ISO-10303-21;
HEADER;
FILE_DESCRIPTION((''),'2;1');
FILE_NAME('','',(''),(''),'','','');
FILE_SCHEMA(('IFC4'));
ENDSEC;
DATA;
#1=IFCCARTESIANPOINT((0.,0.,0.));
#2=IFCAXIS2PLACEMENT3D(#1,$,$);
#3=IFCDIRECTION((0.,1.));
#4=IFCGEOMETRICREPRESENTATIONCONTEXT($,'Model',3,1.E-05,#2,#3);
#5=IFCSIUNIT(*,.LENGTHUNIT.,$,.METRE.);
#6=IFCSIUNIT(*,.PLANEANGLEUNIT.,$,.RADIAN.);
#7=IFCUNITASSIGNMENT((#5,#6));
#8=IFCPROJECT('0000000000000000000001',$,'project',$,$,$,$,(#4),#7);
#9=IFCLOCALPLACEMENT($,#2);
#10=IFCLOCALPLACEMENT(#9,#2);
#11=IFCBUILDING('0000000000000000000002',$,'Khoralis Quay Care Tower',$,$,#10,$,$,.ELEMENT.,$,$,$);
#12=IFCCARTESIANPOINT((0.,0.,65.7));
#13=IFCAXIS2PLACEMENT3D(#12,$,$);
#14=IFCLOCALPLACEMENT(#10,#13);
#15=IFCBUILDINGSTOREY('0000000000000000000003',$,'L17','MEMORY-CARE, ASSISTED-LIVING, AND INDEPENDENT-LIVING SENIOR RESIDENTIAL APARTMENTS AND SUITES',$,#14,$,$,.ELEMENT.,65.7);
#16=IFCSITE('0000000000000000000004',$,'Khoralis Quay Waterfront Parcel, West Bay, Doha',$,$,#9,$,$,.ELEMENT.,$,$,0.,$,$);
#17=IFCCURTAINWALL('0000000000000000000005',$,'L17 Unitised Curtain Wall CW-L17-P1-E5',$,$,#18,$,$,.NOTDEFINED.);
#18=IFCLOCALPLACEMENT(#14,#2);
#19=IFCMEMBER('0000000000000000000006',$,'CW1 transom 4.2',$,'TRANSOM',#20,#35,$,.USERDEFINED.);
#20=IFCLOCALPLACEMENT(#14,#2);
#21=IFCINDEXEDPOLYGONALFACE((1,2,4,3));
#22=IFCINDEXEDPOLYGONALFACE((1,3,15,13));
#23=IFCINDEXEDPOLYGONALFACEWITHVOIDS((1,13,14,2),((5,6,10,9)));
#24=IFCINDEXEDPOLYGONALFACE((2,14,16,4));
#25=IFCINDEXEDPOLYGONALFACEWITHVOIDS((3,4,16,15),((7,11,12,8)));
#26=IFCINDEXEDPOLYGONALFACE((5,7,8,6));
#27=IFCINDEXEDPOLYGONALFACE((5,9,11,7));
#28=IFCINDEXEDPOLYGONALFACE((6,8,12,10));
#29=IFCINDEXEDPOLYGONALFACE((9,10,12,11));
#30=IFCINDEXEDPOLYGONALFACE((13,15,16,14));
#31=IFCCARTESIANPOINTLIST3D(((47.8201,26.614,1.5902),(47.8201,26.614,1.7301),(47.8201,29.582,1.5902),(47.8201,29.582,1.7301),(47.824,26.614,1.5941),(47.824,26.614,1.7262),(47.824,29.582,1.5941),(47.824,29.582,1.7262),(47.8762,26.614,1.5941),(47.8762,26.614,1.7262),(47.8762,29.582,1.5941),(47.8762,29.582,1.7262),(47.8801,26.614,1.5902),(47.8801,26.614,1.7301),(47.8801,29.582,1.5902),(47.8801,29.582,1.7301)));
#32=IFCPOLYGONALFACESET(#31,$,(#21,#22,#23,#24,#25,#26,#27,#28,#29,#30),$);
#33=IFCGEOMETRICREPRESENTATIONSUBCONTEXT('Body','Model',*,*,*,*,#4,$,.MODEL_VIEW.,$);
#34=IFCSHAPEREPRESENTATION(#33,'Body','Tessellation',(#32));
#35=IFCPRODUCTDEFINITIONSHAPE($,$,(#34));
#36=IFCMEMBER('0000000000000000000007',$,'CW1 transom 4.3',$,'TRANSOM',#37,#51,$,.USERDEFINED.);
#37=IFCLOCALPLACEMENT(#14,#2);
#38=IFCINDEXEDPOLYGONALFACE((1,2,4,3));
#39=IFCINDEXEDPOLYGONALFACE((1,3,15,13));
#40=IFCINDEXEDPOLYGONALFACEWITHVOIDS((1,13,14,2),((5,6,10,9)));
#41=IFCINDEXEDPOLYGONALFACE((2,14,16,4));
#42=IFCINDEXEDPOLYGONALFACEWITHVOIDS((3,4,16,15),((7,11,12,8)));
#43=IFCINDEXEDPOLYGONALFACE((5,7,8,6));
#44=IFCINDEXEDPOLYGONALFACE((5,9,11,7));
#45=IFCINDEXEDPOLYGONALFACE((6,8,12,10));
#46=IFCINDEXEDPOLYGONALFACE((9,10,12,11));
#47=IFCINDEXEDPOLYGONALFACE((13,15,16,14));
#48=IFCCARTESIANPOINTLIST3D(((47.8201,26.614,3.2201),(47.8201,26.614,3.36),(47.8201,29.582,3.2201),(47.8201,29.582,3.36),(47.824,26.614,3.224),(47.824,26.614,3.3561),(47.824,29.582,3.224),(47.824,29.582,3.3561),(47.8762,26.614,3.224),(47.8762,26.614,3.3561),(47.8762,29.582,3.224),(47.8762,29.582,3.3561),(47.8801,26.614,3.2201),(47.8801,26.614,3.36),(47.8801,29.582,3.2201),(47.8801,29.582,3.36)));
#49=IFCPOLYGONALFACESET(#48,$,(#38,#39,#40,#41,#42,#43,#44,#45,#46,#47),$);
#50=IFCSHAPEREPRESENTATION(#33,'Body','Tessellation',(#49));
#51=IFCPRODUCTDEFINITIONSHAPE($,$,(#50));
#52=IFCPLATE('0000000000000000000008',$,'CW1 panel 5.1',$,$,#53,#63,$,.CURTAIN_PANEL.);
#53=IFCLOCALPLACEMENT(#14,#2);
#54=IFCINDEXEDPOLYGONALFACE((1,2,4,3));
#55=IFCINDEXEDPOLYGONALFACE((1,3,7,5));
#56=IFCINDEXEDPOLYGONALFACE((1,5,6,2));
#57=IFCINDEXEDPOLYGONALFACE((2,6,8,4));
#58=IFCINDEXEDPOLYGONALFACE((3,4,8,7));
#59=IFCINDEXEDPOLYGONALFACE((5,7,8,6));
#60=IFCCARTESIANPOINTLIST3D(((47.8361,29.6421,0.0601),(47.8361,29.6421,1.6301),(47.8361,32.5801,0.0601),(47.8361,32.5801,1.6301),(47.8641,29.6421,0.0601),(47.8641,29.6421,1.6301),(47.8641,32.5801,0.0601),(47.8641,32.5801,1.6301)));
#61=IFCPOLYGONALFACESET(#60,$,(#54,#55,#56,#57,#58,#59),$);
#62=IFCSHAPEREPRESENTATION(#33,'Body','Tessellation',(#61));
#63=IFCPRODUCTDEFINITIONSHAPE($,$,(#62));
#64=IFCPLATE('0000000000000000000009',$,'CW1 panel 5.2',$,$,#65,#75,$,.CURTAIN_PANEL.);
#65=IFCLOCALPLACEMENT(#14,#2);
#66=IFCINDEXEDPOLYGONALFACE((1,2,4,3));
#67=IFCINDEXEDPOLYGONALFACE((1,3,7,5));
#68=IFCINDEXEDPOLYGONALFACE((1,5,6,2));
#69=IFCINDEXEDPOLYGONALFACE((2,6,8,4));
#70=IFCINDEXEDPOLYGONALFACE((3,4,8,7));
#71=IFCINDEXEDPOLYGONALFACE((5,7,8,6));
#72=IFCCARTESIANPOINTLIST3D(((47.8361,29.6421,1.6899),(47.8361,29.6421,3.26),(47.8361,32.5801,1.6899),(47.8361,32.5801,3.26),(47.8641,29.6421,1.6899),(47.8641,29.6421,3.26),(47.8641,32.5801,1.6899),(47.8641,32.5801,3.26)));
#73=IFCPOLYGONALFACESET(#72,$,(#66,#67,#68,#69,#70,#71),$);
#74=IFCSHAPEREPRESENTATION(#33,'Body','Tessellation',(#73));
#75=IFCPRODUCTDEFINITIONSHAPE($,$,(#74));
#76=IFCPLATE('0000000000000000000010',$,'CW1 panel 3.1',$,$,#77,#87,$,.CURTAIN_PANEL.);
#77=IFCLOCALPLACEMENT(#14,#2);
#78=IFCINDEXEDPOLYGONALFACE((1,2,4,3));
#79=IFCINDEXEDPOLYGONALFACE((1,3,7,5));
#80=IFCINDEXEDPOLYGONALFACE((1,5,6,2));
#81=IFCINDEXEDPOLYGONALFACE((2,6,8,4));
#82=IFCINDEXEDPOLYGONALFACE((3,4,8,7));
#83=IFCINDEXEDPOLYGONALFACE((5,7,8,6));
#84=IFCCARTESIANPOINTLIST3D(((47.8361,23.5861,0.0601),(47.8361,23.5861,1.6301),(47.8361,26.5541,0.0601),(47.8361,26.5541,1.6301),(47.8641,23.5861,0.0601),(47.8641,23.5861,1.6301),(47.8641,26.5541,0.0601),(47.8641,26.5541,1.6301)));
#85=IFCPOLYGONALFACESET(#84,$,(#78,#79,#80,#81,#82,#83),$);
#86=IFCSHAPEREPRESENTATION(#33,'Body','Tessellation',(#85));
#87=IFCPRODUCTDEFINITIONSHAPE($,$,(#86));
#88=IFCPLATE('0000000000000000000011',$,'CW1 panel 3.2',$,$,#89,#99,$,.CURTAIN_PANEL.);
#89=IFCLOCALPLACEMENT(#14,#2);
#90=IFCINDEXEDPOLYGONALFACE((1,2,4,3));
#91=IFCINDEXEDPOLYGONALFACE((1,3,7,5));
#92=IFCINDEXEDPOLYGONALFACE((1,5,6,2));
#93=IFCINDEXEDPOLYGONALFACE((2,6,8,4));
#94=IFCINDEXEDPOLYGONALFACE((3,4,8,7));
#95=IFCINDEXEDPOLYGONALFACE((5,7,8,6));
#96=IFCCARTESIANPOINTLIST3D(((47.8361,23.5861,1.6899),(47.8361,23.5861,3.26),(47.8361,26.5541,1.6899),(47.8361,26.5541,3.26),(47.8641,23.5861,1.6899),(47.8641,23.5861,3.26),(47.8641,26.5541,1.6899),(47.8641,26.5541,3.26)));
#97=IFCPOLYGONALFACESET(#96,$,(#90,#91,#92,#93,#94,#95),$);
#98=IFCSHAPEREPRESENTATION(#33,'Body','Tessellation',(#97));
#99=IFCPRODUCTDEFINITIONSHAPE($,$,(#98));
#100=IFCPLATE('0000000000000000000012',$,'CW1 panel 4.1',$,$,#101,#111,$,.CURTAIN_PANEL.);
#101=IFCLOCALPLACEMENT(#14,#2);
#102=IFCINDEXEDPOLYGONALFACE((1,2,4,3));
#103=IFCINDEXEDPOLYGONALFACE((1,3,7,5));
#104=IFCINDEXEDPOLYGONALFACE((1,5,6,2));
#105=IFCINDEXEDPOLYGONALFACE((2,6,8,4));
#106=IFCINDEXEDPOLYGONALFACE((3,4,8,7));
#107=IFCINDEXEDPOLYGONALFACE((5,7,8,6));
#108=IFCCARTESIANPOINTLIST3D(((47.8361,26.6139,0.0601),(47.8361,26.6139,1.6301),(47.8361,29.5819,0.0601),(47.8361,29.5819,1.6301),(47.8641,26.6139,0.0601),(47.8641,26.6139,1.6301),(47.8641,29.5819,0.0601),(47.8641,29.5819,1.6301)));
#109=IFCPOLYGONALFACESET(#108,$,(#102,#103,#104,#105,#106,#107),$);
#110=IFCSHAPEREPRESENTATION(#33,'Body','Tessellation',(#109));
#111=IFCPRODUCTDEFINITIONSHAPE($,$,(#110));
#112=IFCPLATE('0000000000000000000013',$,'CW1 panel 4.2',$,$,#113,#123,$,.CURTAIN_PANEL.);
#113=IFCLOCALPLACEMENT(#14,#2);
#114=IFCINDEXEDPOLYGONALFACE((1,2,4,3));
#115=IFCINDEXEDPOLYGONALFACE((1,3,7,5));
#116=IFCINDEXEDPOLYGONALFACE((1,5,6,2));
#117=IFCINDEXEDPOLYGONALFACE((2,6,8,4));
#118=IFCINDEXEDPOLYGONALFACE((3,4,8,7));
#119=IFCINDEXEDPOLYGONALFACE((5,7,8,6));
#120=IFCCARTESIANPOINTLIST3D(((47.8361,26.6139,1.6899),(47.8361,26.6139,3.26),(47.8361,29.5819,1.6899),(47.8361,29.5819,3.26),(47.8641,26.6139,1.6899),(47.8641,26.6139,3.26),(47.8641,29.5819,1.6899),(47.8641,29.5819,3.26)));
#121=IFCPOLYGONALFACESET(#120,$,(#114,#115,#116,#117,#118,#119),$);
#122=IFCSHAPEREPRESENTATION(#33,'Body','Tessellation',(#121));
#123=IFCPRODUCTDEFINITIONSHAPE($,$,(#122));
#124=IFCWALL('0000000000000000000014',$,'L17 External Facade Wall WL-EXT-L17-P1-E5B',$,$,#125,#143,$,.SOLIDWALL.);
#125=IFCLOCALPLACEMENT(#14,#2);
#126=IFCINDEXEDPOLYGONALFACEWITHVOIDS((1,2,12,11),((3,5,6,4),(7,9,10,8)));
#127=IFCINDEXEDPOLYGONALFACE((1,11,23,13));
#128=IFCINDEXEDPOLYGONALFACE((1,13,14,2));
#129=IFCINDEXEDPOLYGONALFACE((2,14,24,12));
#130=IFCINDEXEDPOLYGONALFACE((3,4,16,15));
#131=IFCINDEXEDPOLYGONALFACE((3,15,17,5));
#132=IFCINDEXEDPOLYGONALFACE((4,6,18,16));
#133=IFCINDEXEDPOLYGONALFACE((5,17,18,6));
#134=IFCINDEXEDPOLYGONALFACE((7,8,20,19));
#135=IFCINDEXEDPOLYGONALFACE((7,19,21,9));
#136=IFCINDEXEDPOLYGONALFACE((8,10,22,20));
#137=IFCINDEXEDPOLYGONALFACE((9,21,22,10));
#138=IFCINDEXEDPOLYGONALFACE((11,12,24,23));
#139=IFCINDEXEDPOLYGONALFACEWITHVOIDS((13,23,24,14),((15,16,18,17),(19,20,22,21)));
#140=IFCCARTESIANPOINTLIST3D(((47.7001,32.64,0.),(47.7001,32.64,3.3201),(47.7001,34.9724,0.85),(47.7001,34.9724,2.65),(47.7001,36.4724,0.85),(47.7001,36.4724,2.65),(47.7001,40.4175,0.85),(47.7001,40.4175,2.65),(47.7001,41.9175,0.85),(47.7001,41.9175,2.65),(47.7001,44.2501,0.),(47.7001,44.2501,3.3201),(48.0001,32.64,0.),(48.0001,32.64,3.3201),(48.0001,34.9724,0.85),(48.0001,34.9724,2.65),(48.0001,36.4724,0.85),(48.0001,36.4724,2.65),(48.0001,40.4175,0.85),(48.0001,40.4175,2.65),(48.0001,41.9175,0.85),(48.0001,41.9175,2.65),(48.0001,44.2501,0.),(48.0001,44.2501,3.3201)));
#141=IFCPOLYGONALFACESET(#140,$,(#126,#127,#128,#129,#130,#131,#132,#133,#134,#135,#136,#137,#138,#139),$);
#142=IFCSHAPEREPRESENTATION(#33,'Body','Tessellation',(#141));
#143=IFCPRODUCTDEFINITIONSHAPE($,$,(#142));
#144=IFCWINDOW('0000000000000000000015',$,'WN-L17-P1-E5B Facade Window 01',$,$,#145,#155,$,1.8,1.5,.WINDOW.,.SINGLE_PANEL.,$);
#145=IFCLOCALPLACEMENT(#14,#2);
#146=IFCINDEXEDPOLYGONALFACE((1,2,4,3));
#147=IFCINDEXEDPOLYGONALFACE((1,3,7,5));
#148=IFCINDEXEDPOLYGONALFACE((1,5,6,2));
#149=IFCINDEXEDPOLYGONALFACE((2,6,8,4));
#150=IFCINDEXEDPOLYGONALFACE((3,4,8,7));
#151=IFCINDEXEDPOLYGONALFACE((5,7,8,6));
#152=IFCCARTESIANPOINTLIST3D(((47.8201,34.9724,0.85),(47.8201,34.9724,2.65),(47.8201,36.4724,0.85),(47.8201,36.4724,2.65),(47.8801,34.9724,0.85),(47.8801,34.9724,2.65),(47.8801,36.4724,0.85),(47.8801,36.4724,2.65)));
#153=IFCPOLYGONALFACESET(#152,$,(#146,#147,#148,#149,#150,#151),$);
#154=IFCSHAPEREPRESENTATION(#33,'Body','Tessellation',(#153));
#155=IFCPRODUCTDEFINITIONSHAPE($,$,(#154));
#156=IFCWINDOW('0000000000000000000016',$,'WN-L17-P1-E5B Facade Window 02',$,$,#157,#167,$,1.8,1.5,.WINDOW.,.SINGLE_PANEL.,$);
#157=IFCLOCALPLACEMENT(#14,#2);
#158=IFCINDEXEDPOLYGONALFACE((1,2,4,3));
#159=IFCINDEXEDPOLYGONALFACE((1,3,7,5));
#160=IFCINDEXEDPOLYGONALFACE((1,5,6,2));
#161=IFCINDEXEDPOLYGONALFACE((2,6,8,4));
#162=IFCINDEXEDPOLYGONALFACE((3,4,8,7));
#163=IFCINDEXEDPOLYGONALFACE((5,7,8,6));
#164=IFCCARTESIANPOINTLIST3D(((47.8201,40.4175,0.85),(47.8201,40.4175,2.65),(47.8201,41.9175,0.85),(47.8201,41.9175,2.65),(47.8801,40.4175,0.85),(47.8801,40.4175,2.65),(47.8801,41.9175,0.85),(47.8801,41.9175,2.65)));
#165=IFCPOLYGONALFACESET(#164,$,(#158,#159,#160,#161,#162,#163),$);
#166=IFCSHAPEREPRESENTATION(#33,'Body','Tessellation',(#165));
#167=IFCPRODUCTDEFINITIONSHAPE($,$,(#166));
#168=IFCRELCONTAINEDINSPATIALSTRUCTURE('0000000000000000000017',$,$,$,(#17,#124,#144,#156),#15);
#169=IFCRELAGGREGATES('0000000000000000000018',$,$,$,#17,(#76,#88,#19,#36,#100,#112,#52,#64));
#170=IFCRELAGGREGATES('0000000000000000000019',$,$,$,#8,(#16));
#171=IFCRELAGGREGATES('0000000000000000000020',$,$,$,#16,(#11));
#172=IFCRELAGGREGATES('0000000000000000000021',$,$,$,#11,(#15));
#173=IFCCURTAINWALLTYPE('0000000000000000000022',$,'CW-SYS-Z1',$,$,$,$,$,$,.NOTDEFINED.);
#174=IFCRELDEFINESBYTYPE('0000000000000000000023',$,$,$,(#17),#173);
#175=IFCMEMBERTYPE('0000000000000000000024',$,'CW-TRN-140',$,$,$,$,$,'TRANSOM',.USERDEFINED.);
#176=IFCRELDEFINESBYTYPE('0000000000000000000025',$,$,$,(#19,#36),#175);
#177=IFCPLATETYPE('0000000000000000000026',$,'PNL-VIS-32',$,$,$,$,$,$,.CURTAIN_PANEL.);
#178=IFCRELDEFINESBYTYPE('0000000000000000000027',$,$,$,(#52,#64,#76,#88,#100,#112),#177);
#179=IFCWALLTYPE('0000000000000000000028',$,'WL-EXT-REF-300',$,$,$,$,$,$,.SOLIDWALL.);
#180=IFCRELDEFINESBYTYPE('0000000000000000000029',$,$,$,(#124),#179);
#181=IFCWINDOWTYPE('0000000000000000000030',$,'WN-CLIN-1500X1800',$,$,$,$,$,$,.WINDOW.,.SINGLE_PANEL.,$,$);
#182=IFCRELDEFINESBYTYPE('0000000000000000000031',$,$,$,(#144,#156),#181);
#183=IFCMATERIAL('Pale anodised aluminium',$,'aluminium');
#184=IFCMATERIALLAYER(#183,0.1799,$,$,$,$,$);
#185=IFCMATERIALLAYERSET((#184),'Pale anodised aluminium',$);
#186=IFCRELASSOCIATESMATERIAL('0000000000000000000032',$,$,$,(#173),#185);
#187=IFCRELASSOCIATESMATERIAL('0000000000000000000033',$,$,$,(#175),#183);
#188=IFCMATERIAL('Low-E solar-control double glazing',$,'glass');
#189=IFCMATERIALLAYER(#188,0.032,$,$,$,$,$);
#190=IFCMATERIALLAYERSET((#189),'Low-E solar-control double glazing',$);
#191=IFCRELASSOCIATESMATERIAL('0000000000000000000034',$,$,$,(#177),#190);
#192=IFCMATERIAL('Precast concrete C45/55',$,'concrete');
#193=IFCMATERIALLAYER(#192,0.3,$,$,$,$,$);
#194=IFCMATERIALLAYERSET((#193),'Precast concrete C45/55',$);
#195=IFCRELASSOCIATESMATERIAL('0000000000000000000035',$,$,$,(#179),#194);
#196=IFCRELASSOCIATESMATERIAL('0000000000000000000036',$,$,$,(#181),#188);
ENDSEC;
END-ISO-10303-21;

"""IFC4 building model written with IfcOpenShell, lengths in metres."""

from ifc_helpers import new_model, si_unit, direction, frame, frame_2d, origin, origin_2d, place, context, subcontext, project, spatial, rectangle, hollow_rectangle, extrude, source, transform, mapped, material, layer, layer_set, material_profile, profile_set, type_object, element, fill, aggregate, save


model = new_model("IFC4")

# Units and contexts
model_context = context("Model", 3, precision=1e-05, world=origin(), true_north=direction((0.0, 1.0)))
body_context = subcontext(model_context, "Body", "Model", "MODEL_VIEW")
ifc_project = project(units=[si_unit("LENGTHUNIT", "METRE"), si_unit("PLANEANGLEUNIT", "RADIAN")], contexts=[model_context])

# Site, building, storey
site_placement = place(None, origin())
site = spatial("IfcSite", under=ifc_project, at=site_placement, Name="Khoralis Quay Waterfront Parcel, West Bay, Doha", CompositionType="ELEMENT", RefElevation=0.0)
building_placement = place(site_placement, origin())
building = spatial("IfcBuilding", under=site, at=building_placement, Name="Khoralis Quay Care Tower", CompositionType="ELEMENT")
storey_placement = place(building_placement, frame((0.0, 0.0, 65.7)))
storey = spatial("IfcBuildingStorey", under=building, at=storey_placement, Name="L17", Description="MEMORY-CARE, ASSISTED-LIVING, AND INDEPENDENT-LIVING SENIOR RESIDENTIAL APARTMENTS AND SUITES", CompositionType="ELEMENT", Elevation=65.7)

# Curtain wall, members, plates
ifc_material_1 = material(Name="Pale anodised aluminium", Category="aluminium")
ifc_layer_1 = layer(ifc_material_1, 0.1799)
ifc_layer_set_1 = layer_set([ifc_layer_1], Name="Pale anodised aluminium")
curtain_wall_type = type_object("IfcCurtainWallType", Name="CW-SYS-Z1", PredefinedType="NOTDEFINED", material=ifc_layer_set_1)
curtain_wall_placement = place(storey_placement, origin())
curtain_wall = element("IfcCurtainWall", 1, at=curtain_wall_placement, inside=storey, type_object=curtain_wall_type, Name="L17 Unitised Curtain Wall CW-L17-P1-E5", PredefinedType="NOTDEFINED")
ifc_material_profile_1 = material_profile(ifc_material_1, hollow_rectangle(XDim=0.0601, YDim=0.1399, WallThickness=0.0039, at=origin_2d()), Name="Pale anodised aluminium")
ifc_profile_set_1 = profile_set([ifc_material_profile_1], Name="Pale anodised aluminium")
member_type_1 = type_object("IfcMemberType", Name="CW-TRN-140", ElementType="TRANSOM", PredefinedType="USERDEFINED", material=ifc_profile_set_1)
shared_shape_1 = source(origin(), body_context, "Body", "SweptSolid", [
    extrude(hollow_rectangle(XDim=0.0601, YDim=0.1399, WallThickness=0.0039, at=origin_2d()), origin(), (0.0, 0.0, 1.0), 2.968),
])
member_1_placement = place(storey_placement, frame((47.8501, 26.614, 1.6602), z_axis=(0.0, 1.0, 0.0), x_axis=(-1.0, 0.0, 0.0)))
member_1 = element("IfcMember", 2, at=member_1_placement, type_object=member_type_1, Name="CW1 transom 4.2", ObjectType="TRANSOM", PredefinedType="USERDEFINED", context=body_context, shape_type="MappedRepresentation", body=[
    mapped(shared_shape_1, transform((0.0, 0.0, 0.0), scale=1.0)),
])
member_2_placement = place(storey_placement, frame((47.8501, 26.614, 3.29), z_axis=(0.0, 1.0, 0.0), x_axis=(-1.0, 0.0, 0.0)))
member_2 = element("IfcMember", 3, at=member_2_placement, type_object=member_type_1, Name="CW1 transom 4.3", ObjectType="TRANSOM", PredefinedType="USERDEFINED", context=body_context, shape_type="MappedRepresentation", body=[
    mapped(shared_shape_1, transform((0.0, 0.0, 0.0), scale=1.0)),
])
ifc_material_2 = material(Name="Low-E solar-control double glazing", Category="glass")
ifc_layer_2 = layer(ifc_material_2, 0.032)
ifc_layer_set_2 = layer_set([ifc_layer_2], Name="Low-E solar-control double glazing")
plate_type = type_object("IfcPlateType", Name="PNL-VIS-32", PredefinedType="CURTAIN_PANEL", material=ifc_layer_set_2)
shared_shape_2 = source(origin(), body_context, "Body", "SweptSolid", [
    extrude(rectangle(XDim=2.938, YDim=0.0281, at=origin_2d()), origin(), (0.0, 0.0, 1.0), 1.5701),
])
plate_1_placement = place(storey_placement, frame((47.8501, 31.1111, 0.0601), z_axis=(0.0, 0.0, 1.0), x_axis=(0.0, 1.0, 0.0)))
plate_1 = element("IfcPlate", 4, at=plate_1_placement, type_object=plate_type, Name="CW1 panel 5.1", PredefinedType="CURTAIN_PANEL", context=body_context, shape_type="MappedRepresentation", body=[
    mapped(shared_shape_2, transform((0.0, 0.0, 0.0), scale=1.0)),
])
plate_2_placement = place(storey_placement, frame((47.8501, 31.1111, 1.6899), z_axis=(0.0, 0.0, 1.0), x_axis=(0.0, 1.0, 0.0)))
plate_2 = element("IfcPlate", 5, at=plate_2_placement, type_object=plate_type, Name="CW1 panel 5.2", PredefinedType="CURTAIN_PANEL", context=body_context, shape_type="MappedRepresentation", body=[
    mapped(shared_shape_2, transform((0.0, 0.0, 0.0), scale=1.0)),
])
shared_shape_3 = source(origin(), body_context, "Body", "SweptSolid", [
    extrude(rectangle(XDim=2.968, YDim=0.0281, at=origin_2d()), origin(), (0.0, 0.0, 1.0), 1.5701),
])
plate_3_placement = place(storey_placement, frame((47.8501, 25.0701, 0.0601), z_axis=(0.0, 0.0, 1.0), x_axis=(0.0, 1.0, 0.0)))
plate_3 = element("IfcPlate", 6, at=plate_3_placement, type_object=plate_type, Name="CW1 panel 3.1", PredefinedType="CURTAIN_PANEL", context=body_context, shape_type="MappedRepresentation", body=[
    mapped(shared_shape_3, transform((0.0, 0.0, 0.0), scale=1.0)),
])
plate_4_placement = place(storey_placement, frame((47.8501, 25.0701, 1.6899), z_axis=(0.0, 0.0, 1.0), x_axis=(0.0, 1.0, 0.0)))
plate_4 = element("IfcPlate", 7, at=plate_4_placement, type_object=plate_type, Name="CW1 panel 3.2", PredefinedType="CURTAIN_PANEL", context=body_context, shape_type="MappedRepresentation", body=[
    mapped(shared_shape_3, transform((0.0, 0.0, 0.0), scale=1.0)),
])
plate_5_placement = place(storey_placement, frame((47.8501, 28.0979, 0.0601), z_axis=(0.0, 0.0, 1.0), x_axis=(0.0, 1.0, 0.0)))
plate_5 = element("IfcPlate", 8, at=plate_5_placement, type_object=plate_type, Name="CW1 panel 4.1", PredefinedType="CURTAIN_PANEL", context=body_context, shape_type="MappedRepresentation", body=[
    mapped(shared_shape_3, transform((0.0, 0.0, 0.0), scale=1.0)),
])
plate_6_placement = place(storey_placement, frame((47.8501, 28.0979, 1.6899), z_axis=(0.0, 0.0, 1.0), x_axis=(0.0, 1.0, 0.0)))
plate_6 = element("IfcPlate", 9, at=plate_6_placement, type_object=plate_type, Name="CW1 panel 4.2", PredefinedType="CURTAIN_PANEL", context=body_context, shape_type="MappedRepresentation", body=[
    mapped(shared_shape_3, transform((0.0, 0.0, 0.0), scale=1.0)),
])
aggregate(curtain_wall, [plate_3, plate_4, member_1, member_2, plate_5, plate_6, plate_1, plate_2])

# Wall, openings, windows
ifc_material_3 = material(Name="Precast concrete C45/55", Category="concrete")
ifc_layer_3 = layer(ifc_material_3, 0.3)
ifc_layer_set_3 = layer_set([ifc_layer_3], Name="Precast concrete C45/55")
wall_type = type_object("IfcWallType", Name="WL-EXT-REF-300", PredefinedType="SOLIDWALL", material=ifc_layer_set_3)
wall_placement = place(storey_placement, frame((47.8501, 32.6399, 0.0), z_axis=(0.0, 0.0, 1.0), x_axis=(0.0, 1.0, 0.0)))
wall = element("IfcWall", 10, at=wall_placement, inside=storey, type_object=wall_type, Name="L17 External Facade Wall WL-EXT-L17-P1-E5B", PredefinedType="SOLIDWALL", context=body_context, shape_type="SweptSolid", body=[
    extrude(rectangle(XDim=11.6101, YDim=0.3, at=frame_2d((5.8052, 0.0))), origin(), (0.0, 0.0, 1.0), 3.3201),
])
opening_1_placement = place(wall_placement, frame((2.3325, 0.0, 0.8501)))
opening_1 = element("IfcOpeningElement", 11, at=opening_1_placement, cuts=wall, PredefinedType="OPENING", context=body_context, shape_type="SweptSolid", body=[
    extrude(rectangle(XDim=1.5, YDim=1.8, at=frame_2d((0.75, 0.8999))), frame((0.0, 0.1602, 0.0), z_axis=(0.0, -1.0, 0.0), x_axis=(1.0, 0.0, 0.0)), (0.0, 0.0, 1.0), 0.3201),
])
opening_2_placement = place(wall_placement, frame((7.7776, 0.0, 0.8501)))
opening_2 = element("IfcOpeningElement", 12, at=opening_2_placement, cuts=wall, PredefinedType="OPENING", context=body_context, shape_type="SweptSolid", body=[
    extrude(rectangle(XDim=1.5, YDim=1.8, at=frame_2d((0.75, 0.8999))), frame((0.0, 0.1602, 0.0), z_axis=(0.0, -1.0, 0.0), x_axis=(1.0, 0.0, 0.0)), (0.0, 0.0, 1.0), 0.3201),
])
window_type = type_object("IfcWindowType", Name="WN-CLIN-1500X1800", PartitioningType="SINGLE_PANEL", PredefinedType="WINDOW", material=ifc_material_2)
shared_shape_4 = source(origin(), body_context, "Body", "SweptSolid", [
    extrude(rectangle(XDim=1.5, YDim=1.8, at=frame_2d((0.75, 0.8999))), frame((0.0, 0.03, 0.0), z_axis=(0.0, -1.0, 0.0), x_axis=(1.0, 0.0, 0.0)), (0.0, 0.0, 1.0), 0.0601),
])
window_1_placement = place(opening_1_placement, origin())
window_1 = element("IfcWindow", 13, at=window_1_placement, inside=storey, type_object=window_type, Name="WN-L17-P1-E5B Facade Window 01", OverallHeight=1.8, OverallWidth=1.5, PartitioningType="SINGLE_PANEL", PredefinedType="WINDOW", context=body_context, shape_type="MappedRepresentation", body=[
    mapped(shared_shape_4, transform((0.0, 0.0, 0.0), scale=1.0)),
])
fill(opening_1, window_1)
window_2_placement = place(opening_2_placement, origin())
window_2 = element("IfcWindow", 14, at=window_2_placement, inside=storey, type_object=window_type, Name="WN-L17-P1-E5B Facade Window 02", OverallHeight=1.8, OverallWidth=1.5, PartitioningType="SINGLE_PANEL", PredefinedType="WINDOW", context=body_context, shape_type="MappedRepresentation", body=[
    mapped(shared_shape_4, transform((0.0, 0.0, 0.0), scale=1.0)),
])
fill(opening_2, window_2)

save(model, "model.ifc")
